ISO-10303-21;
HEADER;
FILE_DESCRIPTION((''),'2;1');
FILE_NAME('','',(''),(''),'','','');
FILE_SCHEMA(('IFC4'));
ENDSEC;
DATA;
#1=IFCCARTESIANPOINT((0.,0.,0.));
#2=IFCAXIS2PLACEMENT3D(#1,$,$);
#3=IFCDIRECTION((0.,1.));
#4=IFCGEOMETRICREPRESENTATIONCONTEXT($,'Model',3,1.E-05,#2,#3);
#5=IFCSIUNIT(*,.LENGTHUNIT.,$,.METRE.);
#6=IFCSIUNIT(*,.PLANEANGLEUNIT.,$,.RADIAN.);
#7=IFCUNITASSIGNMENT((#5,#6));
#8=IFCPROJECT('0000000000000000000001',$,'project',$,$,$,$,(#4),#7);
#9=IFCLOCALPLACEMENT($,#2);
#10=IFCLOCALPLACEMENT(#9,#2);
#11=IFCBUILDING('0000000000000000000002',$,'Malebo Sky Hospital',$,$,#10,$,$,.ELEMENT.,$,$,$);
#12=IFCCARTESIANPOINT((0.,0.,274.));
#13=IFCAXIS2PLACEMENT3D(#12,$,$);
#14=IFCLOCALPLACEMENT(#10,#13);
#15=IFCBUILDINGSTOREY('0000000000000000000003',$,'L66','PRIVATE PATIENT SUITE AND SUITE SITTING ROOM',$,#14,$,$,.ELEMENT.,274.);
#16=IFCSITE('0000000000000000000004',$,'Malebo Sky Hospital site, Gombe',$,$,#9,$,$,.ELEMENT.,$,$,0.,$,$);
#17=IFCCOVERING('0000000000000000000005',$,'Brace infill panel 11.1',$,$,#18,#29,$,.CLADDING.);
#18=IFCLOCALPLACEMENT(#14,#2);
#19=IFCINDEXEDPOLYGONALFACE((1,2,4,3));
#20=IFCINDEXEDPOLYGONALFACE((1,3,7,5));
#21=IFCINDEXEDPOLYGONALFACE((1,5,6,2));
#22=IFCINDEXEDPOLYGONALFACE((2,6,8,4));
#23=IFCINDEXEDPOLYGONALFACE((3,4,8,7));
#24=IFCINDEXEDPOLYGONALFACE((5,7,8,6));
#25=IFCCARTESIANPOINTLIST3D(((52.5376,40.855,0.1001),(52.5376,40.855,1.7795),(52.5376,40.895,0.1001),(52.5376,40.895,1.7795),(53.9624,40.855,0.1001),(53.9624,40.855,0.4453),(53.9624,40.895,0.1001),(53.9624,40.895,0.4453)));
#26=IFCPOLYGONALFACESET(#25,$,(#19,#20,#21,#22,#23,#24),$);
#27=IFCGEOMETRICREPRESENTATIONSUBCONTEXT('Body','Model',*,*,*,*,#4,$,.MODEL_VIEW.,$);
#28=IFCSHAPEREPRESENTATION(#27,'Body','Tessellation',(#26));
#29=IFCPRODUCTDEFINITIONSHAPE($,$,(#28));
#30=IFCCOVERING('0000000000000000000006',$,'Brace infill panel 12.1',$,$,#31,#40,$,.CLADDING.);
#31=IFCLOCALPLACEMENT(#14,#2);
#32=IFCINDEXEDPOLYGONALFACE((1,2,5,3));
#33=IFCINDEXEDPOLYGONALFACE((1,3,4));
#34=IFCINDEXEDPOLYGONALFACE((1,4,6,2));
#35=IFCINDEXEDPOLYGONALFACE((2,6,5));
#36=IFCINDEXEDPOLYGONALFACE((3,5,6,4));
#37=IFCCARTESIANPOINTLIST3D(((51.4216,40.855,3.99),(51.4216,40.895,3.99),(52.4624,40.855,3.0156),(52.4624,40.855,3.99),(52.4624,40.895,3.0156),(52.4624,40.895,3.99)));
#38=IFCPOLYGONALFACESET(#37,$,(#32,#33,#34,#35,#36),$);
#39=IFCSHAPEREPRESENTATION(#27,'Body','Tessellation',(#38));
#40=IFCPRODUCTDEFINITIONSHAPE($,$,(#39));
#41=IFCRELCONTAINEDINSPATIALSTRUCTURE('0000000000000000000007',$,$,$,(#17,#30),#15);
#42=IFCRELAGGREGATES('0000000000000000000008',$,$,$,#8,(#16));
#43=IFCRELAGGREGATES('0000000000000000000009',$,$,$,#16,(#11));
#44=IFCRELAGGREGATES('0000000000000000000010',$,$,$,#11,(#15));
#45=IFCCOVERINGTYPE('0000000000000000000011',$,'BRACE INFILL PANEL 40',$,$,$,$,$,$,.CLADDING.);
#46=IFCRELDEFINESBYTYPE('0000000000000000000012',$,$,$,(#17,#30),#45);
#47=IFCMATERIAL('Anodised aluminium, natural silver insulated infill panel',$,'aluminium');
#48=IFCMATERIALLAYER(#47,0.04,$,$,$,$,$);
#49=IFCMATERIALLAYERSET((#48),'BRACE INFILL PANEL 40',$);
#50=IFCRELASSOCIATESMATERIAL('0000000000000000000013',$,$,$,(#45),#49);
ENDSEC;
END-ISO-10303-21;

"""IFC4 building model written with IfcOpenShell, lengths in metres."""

from ifc_helpers import new_model, si_unit, direction, frame, origin, place, context, subcontext, project, spatial, polyline, outline, extrude, material, layer, layer_set, type_object, element, save


model = new_model("IFC4")

# Units and contexts
model_context = context("Model", 3, precision=1e-05, world=origin(), true_north=direction((0.0, 1.0)))
body_context = subcontext(model_context, "Body", "Model", "MODEL_VIEW")
ifc_project = project(units=[si_unit("LENGTHUNIT", "METRE"), si_unit("PLANEANGLEUNIT", "RADIAN")], contexts=[model_context])

# Site, building, storey
site_placement = place(None, origin())
site = spatial("IfcSite", under=ifc_project, at=site_placement, Name="Malebo Sky Hospital site, Gombe", CompositionType="ELEMENT", RefElevation=0.0)
building_placement = place(site_placement, origin())
building = spatial("IfcBuilding", under=site, at=building_placement, Name="Malebo Sky Hospital", CompositionType="ELEMENT")
storey_placement = place(building_placement, frame((0.0, 0.0, 274.0)))
storey = spatial("IfcBuildingStorey", under=building, at=storey_placement, Name="L66", Description="PRIVATE PATIENT SUITE AND SUITE SITTING ROOM", CompositionType="ELEMENT", Elevation=274.0)

# Coverings
ifc_material_1 = material(Name="Anodised aluminium, natural silver insulated infill panel", Category="aluminium")
ifc_layer_1 = layer(ifc_material_1, 0.04)
ifc_layer_set_1 = layer_set([ifc_layer_1], Name="BRACE INFILL PANEL 40")
covering_type = type_object("IfcCoveringType", Name="BRACE INFILL PANEL 40", PredefinedType="CLADDING", material=ifc_layer_set_1)
covering_1_placement = place(storey_placement, frame((53.25, 40.875, 0.1001), z_axis=(0.0, 0.0, 1.0), x_axis=(-1.0, 0.0, 0.0)))
element("IfcCovering", 1, at=covering_1_placement, inside=storey, type_object=covering_type, Name="Brace infill panel 11.1", PredefinedType="CLADDING", context=body_context, shape_type="SweptSolid", body=[
    extrude(outline(polyline([(-0.7124, 0.0), (0.7124, 0.0), (0.7124, 1.6794), (-0.7124, 0.3452), (-0.7124, 0.0)])), frame((0.0, 0.02, 0.0), z_axis=(0.0, -1.0, 0.0), x_axis=(1.0, 0.0, 0.0)), (0.0, 0.0, 1.0), 0.04),
])
covering_2_placement = place(storey_placement, frame((51.9421, 40.875, 3.0156), z_axis=(0.0, 0.0, 1.0), x_axis=(-1.0, 0.0, 0.0)))
element("IfcCovering", 2, at=covering_2_placement, inside=storey, type_object=covering_type, Name="Brace infill panel 12.1", PredefinedType="CLADDING", context=body_context, shape_type="SweptSolid", body=[
    extrude(outline(polyline([(-0.5203, 0.0), (0.5205, 0.9744), (-0.5203, 0.9744), (-0.5203, 0.0)])), frame((0.0, 0.02, 0.0), z_axis=(0.0, -1.0, 0.0), x_axis=(1.0, 0.0, 0.0)), (0.0, 0.0, 1.0), 0.04),
])

save(model, "model.ifc")
